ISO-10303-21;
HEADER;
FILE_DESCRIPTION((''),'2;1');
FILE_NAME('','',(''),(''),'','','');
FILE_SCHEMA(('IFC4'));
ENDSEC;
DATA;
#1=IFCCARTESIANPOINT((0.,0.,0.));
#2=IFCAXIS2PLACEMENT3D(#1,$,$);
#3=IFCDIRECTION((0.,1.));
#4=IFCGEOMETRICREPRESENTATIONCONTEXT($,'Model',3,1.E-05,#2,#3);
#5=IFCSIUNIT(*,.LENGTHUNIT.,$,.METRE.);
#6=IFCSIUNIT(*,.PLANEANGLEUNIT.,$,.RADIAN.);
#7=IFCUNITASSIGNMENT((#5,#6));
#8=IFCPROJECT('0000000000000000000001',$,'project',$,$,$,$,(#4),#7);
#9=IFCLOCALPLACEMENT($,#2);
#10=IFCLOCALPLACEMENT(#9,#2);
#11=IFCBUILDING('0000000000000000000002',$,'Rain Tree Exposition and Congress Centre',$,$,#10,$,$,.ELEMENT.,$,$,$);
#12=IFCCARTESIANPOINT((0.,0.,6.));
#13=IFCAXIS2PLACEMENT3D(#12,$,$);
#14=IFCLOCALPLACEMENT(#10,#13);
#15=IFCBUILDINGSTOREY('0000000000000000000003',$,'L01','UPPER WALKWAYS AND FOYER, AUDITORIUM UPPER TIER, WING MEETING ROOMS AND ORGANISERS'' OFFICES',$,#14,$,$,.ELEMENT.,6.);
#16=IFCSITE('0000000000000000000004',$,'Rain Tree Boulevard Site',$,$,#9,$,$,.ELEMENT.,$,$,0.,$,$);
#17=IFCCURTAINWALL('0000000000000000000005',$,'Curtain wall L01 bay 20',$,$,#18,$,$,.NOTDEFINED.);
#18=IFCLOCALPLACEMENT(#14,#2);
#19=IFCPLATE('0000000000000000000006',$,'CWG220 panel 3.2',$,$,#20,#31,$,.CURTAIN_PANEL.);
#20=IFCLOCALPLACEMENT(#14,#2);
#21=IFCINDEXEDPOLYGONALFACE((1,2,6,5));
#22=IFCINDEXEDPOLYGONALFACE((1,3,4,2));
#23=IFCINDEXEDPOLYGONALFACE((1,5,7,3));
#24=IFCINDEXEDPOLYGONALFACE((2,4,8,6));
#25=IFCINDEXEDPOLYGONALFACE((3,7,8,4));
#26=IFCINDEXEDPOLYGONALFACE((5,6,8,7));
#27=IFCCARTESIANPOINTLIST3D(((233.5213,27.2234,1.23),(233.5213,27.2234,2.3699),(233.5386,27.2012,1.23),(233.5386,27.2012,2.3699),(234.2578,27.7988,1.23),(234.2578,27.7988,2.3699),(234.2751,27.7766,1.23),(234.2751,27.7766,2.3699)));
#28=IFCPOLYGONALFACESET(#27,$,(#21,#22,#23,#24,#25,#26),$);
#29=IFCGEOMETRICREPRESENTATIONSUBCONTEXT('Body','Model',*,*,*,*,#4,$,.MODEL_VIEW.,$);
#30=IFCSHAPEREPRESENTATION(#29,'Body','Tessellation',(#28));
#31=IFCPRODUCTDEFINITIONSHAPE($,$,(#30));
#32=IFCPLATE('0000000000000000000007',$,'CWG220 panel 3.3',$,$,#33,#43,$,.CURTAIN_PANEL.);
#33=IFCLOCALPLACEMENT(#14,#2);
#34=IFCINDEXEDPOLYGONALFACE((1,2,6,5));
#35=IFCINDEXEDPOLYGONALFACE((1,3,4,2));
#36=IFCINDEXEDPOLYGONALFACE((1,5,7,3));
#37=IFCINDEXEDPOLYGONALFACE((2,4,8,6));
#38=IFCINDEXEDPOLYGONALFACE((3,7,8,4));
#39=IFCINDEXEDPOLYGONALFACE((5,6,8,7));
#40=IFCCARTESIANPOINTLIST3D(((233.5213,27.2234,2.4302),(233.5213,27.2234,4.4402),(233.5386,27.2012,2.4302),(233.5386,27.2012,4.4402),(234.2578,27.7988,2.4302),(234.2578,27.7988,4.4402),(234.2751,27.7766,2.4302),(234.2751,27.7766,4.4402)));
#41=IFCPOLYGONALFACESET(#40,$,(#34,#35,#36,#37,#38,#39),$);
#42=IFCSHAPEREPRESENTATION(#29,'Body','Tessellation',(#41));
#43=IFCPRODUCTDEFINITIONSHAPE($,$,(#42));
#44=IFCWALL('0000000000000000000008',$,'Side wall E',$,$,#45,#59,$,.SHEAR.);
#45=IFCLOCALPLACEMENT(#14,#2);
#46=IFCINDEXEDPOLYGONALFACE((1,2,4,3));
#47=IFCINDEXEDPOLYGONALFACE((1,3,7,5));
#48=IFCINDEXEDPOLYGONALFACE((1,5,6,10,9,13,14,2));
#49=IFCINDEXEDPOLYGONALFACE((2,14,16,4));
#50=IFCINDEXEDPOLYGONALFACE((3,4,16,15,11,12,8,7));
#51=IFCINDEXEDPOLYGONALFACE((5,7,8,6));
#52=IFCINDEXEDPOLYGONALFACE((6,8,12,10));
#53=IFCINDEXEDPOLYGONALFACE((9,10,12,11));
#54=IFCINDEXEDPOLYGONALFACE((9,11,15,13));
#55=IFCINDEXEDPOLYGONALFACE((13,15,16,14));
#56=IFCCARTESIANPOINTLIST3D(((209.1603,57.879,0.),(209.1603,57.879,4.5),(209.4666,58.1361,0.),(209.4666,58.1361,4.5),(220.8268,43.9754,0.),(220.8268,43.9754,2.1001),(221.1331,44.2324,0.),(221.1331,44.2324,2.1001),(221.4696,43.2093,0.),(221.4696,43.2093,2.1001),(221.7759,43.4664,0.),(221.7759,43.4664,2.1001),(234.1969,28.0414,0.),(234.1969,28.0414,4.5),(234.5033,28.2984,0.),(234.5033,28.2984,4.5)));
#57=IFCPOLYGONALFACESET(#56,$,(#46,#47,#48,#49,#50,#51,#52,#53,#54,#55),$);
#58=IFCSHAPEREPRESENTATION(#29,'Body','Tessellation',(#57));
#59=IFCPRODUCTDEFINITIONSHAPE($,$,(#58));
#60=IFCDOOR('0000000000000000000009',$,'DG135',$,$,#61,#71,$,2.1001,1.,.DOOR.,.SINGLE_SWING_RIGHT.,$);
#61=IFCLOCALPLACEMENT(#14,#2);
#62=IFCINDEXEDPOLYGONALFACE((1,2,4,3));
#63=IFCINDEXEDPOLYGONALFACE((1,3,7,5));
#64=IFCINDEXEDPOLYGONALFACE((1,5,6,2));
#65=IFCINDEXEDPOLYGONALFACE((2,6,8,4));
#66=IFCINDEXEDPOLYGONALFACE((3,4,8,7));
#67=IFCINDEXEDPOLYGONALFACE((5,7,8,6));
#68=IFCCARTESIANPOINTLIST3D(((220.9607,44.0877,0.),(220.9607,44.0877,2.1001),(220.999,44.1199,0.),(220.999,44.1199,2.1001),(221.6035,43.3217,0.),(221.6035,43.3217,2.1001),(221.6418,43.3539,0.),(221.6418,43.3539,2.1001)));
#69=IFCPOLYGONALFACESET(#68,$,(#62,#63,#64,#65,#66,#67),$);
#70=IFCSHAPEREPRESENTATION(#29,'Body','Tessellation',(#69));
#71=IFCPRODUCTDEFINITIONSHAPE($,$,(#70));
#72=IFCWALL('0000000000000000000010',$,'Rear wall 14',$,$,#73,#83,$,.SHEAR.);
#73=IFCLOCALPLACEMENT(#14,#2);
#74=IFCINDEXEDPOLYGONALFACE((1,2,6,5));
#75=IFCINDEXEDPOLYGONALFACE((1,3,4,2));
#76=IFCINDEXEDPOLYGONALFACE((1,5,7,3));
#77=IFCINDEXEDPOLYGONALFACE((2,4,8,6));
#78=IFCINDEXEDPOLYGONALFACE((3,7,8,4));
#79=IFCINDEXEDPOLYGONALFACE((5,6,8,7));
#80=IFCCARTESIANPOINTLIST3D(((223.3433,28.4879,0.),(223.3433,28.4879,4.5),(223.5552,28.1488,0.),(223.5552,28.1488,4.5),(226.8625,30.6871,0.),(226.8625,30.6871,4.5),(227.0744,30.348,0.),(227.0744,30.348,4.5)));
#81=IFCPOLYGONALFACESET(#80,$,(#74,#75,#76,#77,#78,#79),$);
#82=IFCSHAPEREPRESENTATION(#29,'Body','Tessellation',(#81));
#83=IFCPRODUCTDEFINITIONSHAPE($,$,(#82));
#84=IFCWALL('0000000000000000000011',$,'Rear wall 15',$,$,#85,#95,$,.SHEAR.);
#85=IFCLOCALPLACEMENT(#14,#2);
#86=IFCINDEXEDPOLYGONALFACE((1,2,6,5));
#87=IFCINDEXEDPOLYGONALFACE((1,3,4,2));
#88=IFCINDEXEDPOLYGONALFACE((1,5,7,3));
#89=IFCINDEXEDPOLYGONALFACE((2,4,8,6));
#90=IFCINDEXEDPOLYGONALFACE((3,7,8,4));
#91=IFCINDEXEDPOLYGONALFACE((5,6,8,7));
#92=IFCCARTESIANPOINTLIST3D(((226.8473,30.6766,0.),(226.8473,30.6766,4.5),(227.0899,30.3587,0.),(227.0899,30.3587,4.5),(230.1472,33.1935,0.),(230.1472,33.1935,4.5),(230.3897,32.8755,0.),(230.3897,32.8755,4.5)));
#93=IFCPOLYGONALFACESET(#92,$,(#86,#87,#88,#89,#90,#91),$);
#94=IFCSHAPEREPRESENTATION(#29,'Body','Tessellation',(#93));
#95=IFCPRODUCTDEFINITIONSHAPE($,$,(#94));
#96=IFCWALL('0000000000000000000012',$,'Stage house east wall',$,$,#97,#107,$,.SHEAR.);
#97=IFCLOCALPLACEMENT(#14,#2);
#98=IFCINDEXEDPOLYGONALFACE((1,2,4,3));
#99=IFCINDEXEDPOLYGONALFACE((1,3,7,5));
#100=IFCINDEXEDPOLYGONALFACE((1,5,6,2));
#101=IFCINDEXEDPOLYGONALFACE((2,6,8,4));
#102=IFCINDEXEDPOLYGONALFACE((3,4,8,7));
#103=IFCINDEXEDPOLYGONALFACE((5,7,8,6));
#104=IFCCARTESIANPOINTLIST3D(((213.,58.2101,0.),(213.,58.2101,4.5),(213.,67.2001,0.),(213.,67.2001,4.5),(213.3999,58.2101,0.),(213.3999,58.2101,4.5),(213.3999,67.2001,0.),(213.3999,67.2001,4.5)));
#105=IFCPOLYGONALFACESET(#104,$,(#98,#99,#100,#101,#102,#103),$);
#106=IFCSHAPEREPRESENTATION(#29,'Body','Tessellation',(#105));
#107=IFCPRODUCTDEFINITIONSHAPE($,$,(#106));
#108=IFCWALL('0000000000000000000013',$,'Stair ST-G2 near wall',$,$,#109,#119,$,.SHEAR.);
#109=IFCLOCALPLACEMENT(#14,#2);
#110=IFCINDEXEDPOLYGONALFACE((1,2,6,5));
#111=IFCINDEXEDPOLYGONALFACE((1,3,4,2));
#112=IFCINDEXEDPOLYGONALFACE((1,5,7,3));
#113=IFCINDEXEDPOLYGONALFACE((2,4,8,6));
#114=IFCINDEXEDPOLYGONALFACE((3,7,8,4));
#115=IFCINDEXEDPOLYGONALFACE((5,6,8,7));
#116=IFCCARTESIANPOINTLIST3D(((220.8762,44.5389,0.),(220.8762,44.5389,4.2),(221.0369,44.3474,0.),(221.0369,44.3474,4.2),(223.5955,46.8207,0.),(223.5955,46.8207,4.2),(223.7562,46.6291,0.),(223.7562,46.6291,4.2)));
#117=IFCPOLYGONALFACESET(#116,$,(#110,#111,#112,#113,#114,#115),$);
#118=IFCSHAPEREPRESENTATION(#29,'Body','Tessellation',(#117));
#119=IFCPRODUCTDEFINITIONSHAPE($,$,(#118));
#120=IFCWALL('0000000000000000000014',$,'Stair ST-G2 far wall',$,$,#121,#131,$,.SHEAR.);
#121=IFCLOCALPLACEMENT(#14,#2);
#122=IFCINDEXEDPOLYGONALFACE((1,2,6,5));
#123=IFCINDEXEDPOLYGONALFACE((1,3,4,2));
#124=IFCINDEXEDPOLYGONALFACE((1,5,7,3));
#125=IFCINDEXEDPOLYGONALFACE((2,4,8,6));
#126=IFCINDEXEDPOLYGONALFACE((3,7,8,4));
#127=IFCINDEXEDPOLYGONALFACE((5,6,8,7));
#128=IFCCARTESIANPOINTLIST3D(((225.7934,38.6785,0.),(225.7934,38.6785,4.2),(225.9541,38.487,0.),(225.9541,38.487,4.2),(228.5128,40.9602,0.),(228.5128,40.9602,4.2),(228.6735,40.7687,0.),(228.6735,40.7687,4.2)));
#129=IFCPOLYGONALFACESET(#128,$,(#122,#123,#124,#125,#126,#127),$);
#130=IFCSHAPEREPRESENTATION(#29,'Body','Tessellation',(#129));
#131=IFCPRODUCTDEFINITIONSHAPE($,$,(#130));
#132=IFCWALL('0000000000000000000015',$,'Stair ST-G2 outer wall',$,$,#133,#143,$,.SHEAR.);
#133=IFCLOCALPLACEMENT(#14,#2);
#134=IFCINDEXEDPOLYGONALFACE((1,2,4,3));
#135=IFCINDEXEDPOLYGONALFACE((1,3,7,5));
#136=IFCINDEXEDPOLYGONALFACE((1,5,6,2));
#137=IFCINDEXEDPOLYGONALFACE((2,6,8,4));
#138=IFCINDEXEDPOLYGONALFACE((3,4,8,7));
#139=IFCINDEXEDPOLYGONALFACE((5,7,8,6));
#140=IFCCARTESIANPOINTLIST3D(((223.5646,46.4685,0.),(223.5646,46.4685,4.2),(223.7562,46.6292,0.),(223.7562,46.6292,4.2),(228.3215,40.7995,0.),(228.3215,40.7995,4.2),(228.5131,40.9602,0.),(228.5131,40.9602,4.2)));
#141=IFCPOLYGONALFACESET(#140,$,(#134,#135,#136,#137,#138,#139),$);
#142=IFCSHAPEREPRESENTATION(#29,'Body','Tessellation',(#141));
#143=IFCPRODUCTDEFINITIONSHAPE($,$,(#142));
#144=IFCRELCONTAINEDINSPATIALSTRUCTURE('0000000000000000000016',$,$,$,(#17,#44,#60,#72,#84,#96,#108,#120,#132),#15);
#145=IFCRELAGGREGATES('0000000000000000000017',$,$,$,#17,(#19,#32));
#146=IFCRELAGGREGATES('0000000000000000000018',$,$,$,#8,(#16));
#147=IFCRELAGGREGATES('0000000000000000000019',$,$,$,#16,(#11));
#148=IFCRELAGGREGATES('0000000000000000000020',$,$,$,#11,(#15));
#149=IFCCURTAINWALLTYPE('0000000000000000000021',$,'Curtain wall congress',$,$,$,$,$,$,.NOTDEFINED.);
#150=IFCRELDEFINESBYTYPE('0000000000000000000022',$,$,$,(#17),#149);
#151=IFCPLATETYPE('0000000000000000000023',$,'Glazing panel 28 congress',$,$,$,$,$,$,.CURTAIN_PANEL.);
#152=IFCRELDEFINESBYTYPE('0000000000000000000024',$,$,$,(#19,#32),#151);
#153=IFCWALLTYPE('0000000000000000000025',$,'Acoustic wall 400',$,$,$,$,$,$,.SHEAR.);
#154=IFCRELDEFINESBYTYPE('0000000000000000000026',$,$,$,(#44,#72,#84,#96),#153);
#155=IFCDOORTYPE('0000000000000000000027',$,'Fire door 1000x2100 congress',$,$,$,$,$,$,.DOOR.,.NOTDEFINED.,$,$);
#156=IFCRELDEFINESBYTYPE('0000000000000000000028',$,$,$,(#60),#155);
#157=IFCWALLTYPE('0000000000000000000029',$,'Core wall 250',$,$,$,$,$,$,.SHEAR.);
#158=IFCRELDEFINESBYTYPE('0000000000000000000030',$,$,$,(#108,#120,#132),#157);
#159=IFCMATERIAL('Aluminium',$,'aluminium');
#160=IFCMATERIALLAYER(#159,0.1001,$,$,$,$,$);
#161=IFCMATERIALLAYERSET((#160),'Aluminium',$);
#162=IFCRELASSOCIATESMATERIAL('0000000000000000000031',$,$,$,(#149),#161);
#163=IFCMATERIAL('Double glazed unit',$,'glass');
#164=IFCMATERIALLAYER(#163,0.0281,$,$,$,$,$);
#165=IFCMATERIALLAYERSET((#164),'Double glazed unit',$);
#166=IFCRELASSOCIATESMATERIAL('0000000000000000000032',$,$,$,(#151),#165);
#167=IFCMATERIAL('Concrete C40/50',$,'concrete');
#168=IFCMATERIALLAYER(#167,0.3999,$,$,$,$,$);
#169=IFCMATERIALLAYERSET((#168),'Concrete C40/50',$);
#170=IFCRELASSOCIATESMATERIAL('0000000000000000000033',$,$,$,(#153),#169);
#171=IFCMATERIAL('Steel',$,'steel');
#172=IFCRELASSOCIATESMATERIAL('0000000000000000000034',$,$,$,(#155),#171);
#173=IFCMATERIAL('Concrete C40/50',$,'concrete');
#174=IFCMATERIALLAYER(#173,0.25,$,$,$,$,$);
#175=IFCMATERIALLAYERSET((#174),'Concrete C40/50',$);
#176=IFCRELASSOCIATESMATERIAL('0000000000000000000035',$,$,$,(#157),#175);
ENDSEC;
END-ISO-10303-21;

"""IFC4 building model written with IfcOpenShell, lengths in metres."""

from ifc_helpers import new_model, si_unit, direction, frame, frame_2d, origin, origin_2d, place, context, subcontext, project, spatial, rectangle, extrude, material, layer, layer_set, type_object, element, fill, aggregate, save


model = new_model("IFC4")

# Units and contexts
model_context = context("Model", 3, precision=1e-05, world=origin(), true_north=direction((0.0, 1.0)))
body_context = subcontext(model_context, "Body", "Model", "MODEL_VIEW")
ifc_project = project(units=[si_unit("LENGTHUNIT", "METRE"), si_unit("PLANEANGLEUNIT", "RADIAN")], contexts=[model_context])

# Site, building, storey
site_placement = place(None, origin())
site = spatial("IfcSite", under=ifc_project, at=site_placement, Name="Rain Tree Boulevard Site", CompositionType="ELEMENT", RefElevation=0.0)
building_placement = place(site_placement, origin())
building = spatial("IfcBuilding", under=site, at=building_placement, Name="Rain Tree Exposition and Congress Centre", CompositionType="ELEMENT")
storey_placement = place(building_placement, frame((0.0, 0.0, 6.0)))
storey = spatial("IfcBuildingStorey", under=building, at=storey_placement, Name="L01", Description="UPPER WALKWAYS AND FOYER, AUDITORIUM UPPER TIER, WING MEETING ROOMS AND ORGANISERS' OFFICES", CompositionType="ELEMENT", Elevation=6.0)

# Curtain wall
ifc_material_1 = material(Name="Aluminium", Category="aluminium")
ifc_layer_1 = layer(ifc_material_1, 0.1001)
ifc_layer_set_1 = layer_set([ifc_layer_1], Name="Aluminium")
curtain_wall_type = type_object("IfcCurtainWallType", Name="Curtain wall congress", PredefinedType="NOTDEFINED", material=ifc_layer_set_1)
curtain_wall_placement = place(storey_placement, origin())
curtain_wall = element("IfcCurtainWall", 1, at=curtain_wall_placement, inside=storey, type_object=curtain_wall_type, Name="Curtain wall L01 bay 20", PredefinedType="NOTDEFINED")

# Plates
ifc_material_2 = material(Name="Double glazed unit", Category="glass")
ifc_layer_2 = layer(ifc_material_2, 0.0281)
ifc_layer_set_2 = layer_set([ifc_layer_2], Name="Double glazed unit")
plate_type = type_object("IfcPlateType", Name="Glazing panel 28 congress", PredefinedType="CURTAIN_PANEL", material=ifc_layer_set_2)
plate_1_placement = place(storey_placement, frame((233.8982, 27.5, 1.23), z_axis=(0.0, 0.0, 1.0), x_axis=(0.788003, 0.615671, 0.0)))
plate_1 = element("IfcPlate", 2, at=plate_1_placement, type_object=plate_type, Name="CWG220 panel 3.2", PredefinedType="CURTAIN_PANEL", context=body_context, shape_type="SweptSolid", body=[
    extrude(rectangle(XDim=0.9346, YDim=0.0281, at=origin_2d()), origin(), (0.0, 0.0, 1.0), 1.1399),
])
plate_2_placement = place(storey_placement, frame((233.8982, 27.5, 2.4302), z_axis=(0.0, 0.0, 1.0), x_axis=(0.788003, 0.615671, 0.0)))
plate_2 = element("IfcPlate", 3, at=plate_2_placement, type_object=plate_type, Name="CWG220 panel 3.3", PredefinedType="CURTAIN_PANEL", context=body_context, shape_type="SweptSolid", body=[
    extrude(rectangle(XDim=0.9346, YDim=0.0281, at=origin_2d()), origin(), (0.0, 0.0, 1.0), 2.01),
])
aggregate(curtain_wall, [plate_1, plate_2])

# Wall, opening, door
ifc_material_3 = material(Name="Concrete C40/50", Category="concrete")
ifc_layer_3 = layer(ifc_material_3, 0.3999)
ifc_layer_set_3 = layer_set([ifc_layer_3], Name="Concrete C40/50")
wall_type_1 = type_object("IfcWallType", Name="Acoustic wall 400", PredefinedType="SHEAR", material=ifc_layer_set_3)
wall_1_placement = place(storey_placement, frame((209.3135, 58.0076, 0.0), z_axis=(0.0, 0.0, 1.0), x_axis=(0.642786, -0.766046, 0.0)))
wall_1 = element("IfcWall", 4, at=wall_1_placement, inside=storey, type_object=wall_type_1, Name="Side wall E", PredefinedType="SHEAR", context=body_context, shape_type="SweptSolid", body=[
    extrude(rectangle(XDim=38.9502, YDim=0.3999, at=frame_2d((19.4751, 0.0))), origin(), (0.0, 0.0, 1.0), 4.5),
])
opening_placement = place(wall_1_placement, frame((18.1499, 0.0, 0.0)))
opening = element("IfcOpeningElement", 5, at=opening_placement, cuts=wall_1, PredefinedType="OPENING", context=body_context, shape_type="SweptSolid", body=[
    extrude(rectangle(XDim=1.0, YDim=2.1001, at=frame_2d((0.5, 1.05))), frame((0.0, 0.2, 0.0), z_axis=(0.0, -1.0, 0.0), x_axis=(1.0, 0.0, 0.0)), (0.0, 0.0, 1.0), 0.3999),
])
ifc_material_4 = material(Name="Steel", Category="steel")
door_type = type_object("IfcDoorType", Name="Fire door 1000x2100 congress", OperationType="NOTDEFINED", PredefinedType="DOOR", material=ifc_material_4)
door_placement = place(opening_placement, origin())
door = element("IfcDoor", 6, at=door_placement, inside=storey, type_object=door_type, Name="DG135", OperationType="SINGLE_SWING_RIGHT", OverallHeight=2.1001, OverallWidth=1.0, PredefinedType="DOOR", context=body_context, shape_type="SweptSolid", body=[
    extrude(rectangle(XDim=1.0, YDim=2.1001, at=frame_2d((0.5, 1.05))), frame((0.0, 0.0249, 0.0), z_axis=(0.0, -1.0, 0.0), x_axis=(1.0, 0.0, 0.0)), (0.0, 0.0, 1.0), 0.05),
])
fill(opening, door)

# Walls
wall_2_placement = place(storey_placement, frame((223.4492, 28.3184, 0.0), z_axis=(0.0, 0.0, 1.0), x_axis=(0.848035, 0.529941, 0.0)))
element("IfcWall", 7, at=wall_2_placement, inside=storey, type_object=wall_type_1, Name="Rear wall 14", PredefinedType="SHEAR", context=body_context, shape_type="SweptSolid", body=[
    extrude(rectangle(XDim=4.1499, YDim=0.3999, at=frame_2d((2.075, 0.0))), origin(), (0.0, 0.0, 1.0), 4.5),
])
wall_3_placement = place(storey_placement, frame((226.9685, 30.5176, 0.0), z_axis=(0.0, 0.0, 1.0), x_axis=(0.795117, 0.606456, 0.0)))
element("IfcWall", 8, at=wall_3_placement, inside=storey, type_object=wall_type_1, Name="Rear wall 15", PredefinedType="SHEAR", context=body_context, shape_type="SweptSolid", body=[
    extrude(rectangle(XDim=4.1501, YDim=0.3999, at=frame_2d((2.0752, 0.0))), origin(), (0.0, 0.0, 1.0), 4.5),
])
wall_4_placement = place(storey_placement, frame((213.2, 58.21, 0.0), z_axis=(0.0, 0.0, 1.0), x_axis=(0.0, 1.0, 0.0)))
element("IfcWall", 9, at=wall_4_placement, inside=storey, type_object=wall_type_1, Name="Stage house east wall", PredefinedType="SHEAR", context=body_context, shape_type="SweptSolid", body=[
    extrude(rectangle(XDim=8.99, YDim=0.3999, at=frame_2d((4.4951, 0.0))), origin(), (0.0, 0.0, 1.0), 4.5),
])
ifc_material_5 = material(Name="Concrete C40/50", Category="concrete")
ifc_layer_4 = layer(ifc_material_5, 0.25)
ifc_layer_set_4 = layer_set([ifc_layer_4], Name="Concrete C40/50")
wall_type_2 = type_object("IfcWallType", Name="Core wall 250", PredefinedType="SHEAR", material=ifc_layer_set_4)
for number, where, z_axis, x_axis, name in (
    (10, (220.9565, 44.4431, 0.0), (0.0, 0.0, 1.0), (0.766041, 0.642792, 0.0), "Stair ST-G2 near wall"),
    (11, (225.8738, 38.5828, 0.0), (0.0, 0.0, 1.0), (0.766069, 0.642758, 0.0), "Stair ST-G2 far wall"),
):
    element("IfcWall", number, at=place(storey_placement, frame(where, z_axis=z_axis, x_axis=x_axis)), inside=storey, type_object=wall_type_2, Name=name, PredefinedType="SHEAR", context=body_context, shape_type="SweptSolid", body=[
        extrude(rectangle(XDim=3.5498, YDim=0.25, at=frame_2d((1.7749, 0.0))), origin(), (0.0, 0.0, 1.0), 4.2),
    ])
wall_5_placement = place(storey_placement, frame((223.6604, 46.5488, 0.0), z_axis=(0.0, 0.0, 1.0), x_axis=(0.64279, -0.766043, 0.0)))
element("IfcWall", 12, at=wall_5_placement, inside=storey, type_object=wall_type_2, Name="Stair ST-G2 outer wall", PredefinedType="SHEAR", context=body_context, shape_type="SweptSolid", body=[
    extrude(rectangle(XDim=7.4004, YDim=0.25, at=frame_2d((3.7002, 0.0))), origin(), (0.0, 0.0, 1.0), 4.2),
])

save(model, "model.ifc")
